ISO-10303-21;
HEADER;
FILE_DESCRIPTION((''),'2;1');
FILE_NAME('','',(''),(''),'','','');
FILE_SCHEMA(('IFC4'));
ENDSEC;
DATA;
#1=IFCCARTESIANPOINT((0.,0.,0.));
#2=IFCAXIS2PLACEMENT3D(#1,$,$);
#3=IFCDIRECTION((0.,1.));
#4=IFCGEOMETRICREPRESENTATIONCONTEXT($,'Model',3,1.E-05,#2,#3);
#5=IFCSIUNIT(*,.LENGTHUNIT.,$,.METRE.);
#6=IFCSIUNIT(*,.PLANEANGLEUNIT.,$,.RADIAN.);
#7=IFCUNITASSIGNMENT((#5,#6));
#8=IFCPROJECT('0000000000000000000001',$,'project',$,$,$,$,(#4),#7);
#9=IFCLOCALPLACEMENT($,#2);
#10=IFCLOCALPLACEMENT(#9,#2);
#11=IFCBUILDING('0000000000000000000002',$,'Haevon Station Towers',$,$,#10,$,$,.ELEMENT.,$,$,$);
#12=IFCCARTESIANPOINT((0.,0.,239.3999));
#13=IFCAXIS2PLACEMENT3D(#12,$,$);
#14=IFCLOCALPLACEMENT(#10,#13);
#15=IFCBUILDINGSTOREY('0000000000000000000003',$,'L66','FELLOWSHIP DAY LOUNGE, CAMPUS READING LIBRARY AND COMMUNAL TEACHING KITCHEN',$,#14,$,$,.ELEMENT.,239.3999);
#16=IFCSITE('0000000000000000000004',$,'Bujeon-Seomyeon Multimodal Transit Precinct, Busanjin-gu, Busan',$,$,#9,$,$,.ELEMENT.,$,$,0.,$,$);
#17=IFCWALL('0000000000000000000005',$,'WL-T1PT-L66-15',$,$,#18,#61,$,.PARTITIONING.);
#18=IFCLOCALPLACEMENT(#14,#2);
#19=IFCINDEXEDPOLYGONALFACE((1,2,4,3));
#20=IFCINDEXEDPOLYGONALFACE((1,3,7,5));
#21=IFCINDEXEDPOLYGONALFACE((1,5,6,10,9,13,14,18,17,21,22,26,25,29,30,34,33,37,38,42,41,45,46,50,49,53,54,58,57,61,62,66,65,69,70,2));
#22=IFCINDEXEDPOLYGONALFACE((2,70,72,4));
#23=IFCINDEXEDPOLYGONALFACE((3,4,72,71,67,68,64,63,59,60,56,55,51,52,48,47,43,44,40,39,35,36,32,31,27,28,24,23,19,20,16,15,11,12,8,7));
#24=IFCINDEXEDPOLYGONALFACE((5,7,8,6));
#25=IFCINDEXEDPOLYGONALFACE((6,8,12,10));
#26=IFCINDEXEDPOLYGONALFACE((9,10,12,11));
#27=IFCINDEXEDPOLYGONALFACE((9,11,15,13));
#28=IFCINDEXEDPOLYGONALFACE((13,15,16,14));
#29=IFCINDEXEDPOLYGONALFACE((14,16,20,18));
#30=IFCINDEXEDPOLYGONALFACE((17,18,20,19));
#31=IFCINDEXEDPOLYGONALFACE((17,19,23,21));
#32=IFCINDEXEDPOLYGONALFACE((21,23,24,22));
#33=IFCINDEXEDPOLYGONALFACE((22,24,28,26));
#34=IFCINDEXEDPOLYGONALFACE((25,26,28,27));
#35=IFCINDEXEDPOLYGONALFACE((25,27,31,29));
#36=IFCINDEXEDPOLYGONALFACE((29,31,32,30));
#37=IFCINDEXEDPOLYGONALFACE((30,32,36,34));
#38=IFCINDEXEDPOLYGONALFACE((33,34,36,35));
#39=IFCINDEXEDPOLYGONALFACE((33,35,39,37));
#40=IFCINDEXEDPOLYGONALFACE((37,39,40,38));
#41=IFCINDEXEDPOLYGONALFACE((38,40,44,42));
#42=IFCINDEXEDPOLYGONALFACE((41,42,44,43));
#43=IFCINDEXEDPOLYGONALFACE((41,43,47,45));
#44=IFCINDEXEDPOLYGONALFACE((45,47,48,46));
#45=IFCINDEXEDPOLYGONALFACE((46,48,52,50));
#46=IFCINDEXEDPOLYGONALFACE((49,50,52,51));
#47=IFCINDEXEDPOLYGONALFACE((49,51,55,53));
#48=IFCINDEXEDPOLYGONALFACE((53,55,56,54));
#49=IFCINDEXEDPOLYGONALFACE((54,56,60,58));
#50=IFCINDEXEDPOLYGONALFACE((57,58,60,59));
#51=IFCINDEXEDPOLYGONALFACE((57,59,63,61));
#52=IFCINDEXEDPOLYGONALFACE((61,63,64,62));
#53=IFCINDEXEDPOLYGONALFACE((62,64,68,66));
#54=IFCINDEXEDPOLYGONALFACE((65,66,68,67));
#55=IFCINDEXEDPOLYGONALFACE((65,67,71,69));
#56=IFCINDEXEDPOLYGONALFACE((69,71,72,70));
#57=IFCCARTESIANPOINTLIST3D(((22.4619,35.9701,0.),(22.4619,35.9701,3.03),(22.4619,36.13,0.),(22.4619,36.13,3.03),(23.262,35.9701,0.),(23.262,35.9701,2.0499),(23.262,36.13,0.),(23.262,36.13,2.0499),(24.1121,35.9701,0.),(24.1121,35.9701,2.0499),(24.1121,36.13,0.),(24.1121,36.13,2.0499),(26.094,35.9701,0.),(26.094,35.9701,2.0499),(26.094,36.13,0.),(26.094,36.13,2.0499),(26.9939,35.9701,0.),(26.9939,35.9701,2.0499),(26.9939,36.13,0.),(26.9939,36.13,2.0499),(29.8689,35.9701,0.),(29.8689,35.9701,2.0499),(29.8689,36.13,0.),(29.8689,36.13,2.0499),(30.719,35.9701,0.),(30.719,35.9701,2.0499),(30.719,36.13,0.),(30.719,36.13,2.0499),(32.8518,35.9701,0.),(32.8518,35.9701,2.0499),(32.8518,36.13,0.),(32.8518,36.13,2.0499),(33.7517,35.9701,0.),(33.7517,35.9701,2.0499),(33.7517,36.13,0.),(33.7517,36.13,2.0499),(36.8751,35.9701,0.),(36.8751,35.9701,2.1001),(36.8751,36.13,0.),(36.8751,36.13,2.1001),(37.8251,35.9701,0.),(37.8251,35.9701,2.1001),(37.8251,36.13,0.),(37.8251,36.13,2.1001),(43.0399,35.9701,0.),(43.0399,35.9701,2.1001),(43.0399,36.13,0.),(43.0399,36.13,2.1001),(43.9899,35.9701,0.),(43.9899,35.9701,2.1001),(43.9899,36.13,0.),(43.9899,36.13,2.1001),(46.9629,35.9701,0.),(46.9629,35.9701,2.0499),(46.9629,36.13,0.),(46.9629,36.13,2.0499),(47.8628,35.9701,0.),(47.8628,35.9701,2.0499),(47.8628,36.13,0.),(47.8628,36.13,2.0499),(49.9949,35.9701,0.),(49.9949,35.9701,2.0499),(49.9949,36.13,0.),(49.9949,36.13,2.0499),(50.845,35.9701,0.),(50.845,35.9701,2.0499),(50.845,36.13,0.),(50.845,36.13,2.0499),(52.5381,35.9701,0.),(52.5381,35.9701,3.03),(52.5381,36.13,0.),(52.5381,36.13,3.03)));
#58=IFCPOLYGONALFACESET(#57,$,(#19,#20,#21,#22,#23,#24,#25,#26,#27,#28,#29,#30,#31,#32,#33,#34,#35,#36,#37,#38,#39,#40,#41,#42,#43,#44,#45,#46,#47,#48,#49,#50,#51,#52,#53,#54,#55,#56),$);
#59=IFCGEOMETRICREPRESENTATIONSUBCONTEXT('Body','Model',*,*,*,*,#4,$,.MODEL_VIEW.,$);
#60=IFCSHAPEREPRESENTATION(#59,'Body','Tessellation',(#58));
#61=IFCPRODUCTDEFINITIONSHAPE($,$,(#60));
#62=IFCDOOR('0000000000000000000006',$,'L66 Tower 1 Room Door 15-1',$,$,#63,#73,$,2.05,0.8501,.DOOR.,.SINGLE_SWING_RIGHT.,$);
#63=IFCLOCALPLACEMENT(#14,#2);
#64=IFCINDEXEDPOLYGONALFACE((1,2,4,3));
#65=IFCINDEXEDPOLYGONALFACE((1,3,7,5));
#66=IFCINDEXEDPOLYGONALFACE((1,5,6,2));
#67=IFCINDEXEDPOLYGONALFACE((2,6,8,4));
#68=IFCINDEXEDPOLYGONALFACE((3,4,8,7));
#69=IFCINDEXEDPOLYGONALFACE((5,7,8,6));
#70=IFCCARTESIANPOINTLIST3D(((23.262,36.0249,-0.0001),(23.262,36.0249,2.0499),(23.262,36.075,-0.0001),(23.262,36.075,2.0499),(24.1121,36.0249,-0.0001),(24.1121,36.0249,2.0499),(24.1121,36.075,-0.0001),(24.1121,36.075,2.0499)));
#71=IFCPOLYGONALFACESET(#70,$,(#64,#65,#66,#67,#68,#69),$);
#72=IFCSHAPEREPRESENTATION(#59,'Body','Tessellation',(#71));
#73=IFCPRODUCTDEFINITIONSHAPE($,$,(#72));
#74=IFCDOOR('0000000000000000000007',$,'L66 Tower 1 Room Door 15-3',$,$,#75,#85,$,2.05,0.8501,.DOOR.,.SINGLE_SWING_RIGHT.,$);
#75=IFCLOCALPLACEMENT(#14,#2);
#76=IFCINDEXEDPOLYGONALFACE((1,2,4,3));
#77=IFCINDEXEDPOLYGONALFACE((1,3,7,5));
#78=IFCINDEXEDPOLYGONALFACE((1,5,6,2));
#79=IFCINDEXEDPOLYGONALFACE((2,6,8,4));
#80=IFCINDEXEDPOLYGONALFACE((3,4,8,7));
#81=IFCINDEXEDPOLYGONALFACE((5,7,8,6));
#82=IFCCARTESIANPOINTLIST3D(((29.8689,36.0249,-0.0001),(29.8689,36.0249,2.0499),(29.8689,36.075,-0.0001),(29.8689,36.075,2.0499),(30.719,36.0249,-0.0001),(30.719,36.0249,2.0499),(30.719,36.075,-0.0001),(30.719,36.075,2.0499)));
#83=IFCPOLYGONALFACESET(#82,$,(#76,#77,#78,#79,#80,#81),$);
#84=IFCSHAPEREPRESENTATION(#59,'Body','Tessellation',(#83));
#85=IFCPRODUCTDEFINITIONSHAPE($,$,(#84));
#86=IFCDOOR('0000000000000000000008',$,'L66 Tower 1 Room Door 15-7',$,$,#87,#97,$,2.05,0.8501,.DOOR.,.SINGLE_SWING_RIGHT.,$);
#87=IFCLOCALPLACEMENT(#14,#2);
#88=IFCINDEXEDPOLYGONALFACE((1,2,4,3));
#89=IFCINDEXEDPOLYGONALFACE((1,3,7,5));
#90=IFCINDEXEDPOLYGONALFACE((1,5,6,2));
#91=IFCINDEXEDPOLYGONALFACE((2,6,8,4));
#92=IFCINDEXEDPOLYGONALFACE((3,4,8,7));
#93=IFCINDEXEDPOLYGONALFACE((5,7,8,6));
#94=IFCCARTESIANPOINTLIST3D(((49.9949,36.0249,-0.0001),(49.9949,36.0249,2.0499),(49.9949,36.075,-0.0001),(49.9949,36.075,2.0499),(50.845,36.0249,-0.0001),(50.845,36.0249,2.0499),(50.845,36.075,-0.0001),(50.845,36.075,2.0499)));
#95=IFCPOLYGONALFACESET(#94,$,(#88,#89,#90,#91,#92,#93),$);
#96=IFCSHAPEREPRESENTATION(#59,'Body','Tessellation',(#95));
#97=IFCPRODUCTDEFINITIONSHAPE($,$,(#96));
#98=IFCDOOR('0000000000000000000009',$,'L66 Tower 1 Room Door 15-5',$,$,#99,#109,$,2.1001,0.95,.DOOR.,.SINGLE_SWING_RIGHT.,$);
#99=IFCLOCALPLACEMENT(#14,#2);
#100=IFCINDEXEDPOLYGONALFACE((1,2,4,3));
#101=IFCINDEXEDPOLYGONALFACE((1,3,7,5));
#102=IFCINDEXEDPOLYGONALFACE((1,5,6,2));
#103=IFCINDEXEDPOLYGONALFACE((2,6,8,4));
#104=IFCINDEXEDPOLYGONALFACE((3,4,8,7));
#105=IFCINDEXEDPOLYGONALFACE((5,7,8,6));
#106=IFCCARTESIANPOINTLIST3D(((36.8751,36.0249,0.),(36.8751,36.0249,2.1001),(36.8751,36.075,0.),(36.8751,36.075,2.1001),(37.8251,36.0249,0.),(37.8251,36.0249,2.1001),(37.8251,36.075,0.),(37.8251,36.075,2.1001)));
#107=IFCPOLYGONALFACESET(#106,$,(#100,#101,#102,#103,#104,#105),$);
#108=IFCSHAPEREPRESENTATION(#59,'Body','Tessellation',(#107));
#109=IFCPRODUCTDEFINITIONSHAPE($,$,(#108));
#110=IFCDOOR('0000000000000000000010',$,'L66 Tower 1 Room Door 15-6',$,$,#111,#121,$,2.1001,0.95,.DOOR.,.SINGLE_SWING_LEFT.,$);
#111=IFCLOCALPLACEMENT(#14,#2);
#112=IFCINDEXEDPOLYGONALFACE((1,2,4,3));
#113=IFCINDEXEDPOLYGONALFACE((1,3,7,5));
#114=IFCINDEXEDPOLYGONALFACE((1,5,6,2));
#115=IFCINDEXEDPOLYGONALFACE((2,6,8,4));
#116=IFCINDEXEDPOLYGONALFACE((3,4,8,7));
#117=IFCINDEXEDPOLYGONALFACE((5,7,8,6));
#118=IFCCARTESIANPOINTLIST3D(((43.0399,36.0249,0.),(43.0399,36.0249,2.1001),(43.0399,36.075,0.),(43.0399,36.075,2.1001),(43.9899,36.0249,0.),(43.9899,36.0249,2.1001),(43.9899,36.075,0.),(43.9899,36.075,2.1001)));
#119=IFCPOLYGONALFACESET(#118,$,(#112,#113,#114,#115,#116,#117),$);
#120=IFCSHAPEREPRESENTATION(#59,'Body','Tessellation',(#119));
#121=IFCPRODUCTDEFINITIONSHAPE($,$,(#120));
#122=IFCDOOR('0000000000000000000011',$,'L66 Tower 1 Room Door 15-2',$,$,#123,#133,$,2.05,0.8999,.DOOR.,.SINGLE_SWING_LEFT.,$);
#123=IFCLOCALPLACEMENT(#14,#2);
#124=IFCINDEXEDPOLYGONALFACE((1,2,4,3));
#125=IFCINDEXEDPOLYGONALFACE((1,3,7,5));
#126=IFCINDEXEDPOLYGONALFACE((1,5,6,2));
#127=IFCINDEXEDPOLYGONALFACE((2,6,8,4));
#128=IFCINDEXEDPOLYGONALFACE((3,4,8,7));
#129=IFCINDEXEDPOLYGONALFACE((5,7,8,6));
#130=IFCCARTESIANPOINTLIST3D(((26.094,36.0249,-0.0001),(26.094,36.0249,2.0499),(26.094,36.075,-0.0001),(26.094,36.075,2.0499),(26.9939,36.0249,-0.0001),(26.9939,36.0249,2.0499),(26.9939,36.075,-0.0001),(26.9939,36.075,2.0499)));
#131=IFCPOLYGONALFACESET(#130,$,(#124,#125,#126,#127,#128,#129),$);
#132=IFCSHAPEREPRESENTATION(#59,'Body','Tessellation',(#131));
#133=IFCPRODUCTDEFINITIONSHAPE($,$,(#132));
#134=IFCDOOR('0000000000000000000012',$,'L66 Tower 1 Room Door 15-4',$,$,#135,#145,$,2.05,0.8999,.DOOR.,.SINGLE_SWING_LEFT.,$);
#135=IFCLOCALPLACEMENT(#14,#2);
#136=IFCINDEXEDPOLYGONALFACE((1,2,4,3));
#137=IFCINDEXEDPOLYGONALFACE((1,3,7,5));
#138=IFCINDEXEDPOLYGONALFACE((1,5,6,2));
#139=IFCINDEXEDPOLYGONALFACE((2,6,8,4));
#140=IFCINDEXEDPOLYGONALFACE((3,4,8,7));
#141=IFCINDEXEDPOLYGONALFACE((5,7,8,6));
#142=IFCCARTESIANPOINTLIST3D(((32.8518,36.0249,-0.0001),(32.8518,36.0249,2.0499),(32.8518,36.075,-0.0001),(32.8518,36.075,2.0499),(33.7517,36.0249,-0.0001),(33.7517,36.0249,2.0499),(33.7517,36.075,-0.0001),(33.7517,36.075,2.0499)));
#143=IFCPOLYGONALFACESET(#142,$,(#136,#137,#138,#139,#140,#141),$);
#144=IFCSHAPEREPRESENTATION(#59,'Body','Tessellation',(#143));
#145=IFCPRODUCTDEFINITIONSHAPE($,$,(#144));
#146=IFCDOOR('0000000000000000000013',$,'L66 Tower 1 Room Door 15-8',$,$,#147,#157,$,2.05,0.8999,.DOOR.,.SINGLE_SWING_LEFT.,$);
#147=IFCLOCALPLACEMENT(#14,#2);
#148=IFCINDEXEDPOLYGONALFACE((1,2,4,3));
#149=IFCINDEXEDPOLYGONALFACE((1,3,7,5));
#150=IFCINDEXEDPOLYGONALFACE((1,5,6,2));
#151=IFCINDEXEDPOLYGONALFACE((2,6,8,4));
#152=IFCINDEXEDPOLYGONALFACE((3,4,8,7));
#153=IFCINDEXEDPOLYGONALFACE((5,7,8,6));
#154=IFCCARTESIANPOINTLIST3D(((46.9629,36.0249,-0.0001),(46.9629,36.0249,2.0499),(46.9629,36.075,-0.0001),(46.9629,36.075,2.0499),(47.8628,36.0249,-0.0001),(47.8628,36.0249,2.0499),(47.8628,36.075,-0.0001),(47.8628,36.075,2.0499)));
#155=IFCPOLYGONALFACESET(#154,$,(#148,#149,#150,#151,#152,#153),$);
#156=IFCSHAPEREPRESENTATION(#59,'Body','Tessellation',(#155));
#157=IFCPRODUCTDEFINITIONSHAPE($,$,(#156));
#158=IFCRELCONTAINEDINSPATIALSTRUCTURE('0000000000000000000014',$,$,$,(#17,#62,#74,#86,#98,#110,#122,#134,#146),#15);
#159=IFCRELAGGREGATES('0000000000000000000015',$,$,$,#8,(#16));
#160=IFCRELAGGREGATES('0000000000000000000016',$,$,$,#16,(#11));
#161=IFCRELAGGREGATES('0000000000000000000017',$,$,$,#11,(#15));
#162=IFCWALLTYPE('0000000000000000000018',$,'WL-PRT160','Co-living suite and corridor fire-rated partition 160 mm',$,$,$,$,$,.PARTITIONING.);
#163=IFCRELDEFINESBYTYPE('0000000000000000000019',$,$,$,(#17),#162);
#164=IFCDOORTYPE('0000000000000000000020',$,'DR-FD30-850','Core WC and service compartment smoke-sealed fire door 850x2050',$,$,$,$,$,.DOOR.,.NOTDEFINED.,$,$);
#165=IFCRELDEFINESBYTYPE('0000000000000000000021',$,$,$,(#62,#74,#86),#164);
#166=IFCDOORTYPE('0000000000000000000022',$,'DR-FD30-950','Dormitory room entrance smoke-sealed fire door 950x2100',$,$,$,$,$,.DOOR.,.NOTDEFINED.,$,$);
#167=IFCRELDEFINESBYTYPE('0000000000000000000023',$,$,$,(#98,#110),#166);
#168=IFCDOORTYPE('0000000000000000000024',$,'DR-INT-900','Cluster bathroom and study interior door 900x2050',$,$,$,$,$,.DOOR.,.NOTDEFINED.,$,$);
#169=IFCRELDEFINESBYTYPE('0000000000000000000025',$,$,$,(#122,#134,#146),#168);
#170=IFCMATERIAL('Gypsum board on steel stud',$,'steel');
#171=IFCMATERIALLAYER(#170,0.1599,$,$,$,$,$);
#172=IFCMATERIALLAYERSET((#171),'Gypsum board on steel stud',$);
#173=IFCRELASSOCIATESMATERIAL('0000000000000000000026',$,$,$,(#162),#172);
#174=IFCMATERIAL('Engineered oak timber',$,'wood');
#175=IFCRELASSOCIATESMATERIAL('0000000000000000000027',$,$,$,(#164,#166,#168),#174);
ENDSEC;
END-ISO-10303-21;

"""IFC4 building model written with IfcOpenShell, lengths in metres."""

from ifc_helpers import new_model, si_unit, direction, frame, frame_2d, origin, place, context, subcontext, project, spatial, rectangle, extrude, material, layer, layer_set, type_object, element, fill, save


model = new_model("IFC4")

# Units and contexts
model_context = context("Model", 3, precision=1e-05, world=origin(), true_north=direction((0.0, 1.0)))
body_context = subcontext(model_context, "Body", "Model", "MODEL_VIEW")
ifc_project = project(units=[si_unit("LENGTHUNIT", "METRE"), si_unit("PLANEANGLEUNIT", "RADIAN")], contexts=[model_context])

# Site, building, storey
site_placement = place(None, origin())
site = spatial("IfcSite", under=ifc_project, at=site_placement, Name="Bujeon-Seomyeon Multimodal Transit Precinct, Busanjin-gu, Busan", CompositionType="ELEMENT", RefElevation=0.0)
building_placement = place(site_placement, origin())
building = spatial("IfcBuilding", under=site, at=building_placement, Name="Haevon Station Towers", CompositionType="ELEMENT")
storey_placement = place(building_placement, frame((0.0, 0.0, 239.3999)))
storey = spatial("IfcBuildingStorey", under=building, at=storey_placement, Name="L66", Description="FELLOWSHIP DAY LOUNGE, CAMPUS READING LIBRARY AND COMMUNAL TEACHING KITCHEN", CompositionType="ELEMENT", Elevation=239.3999)

# Shared definitions
ifc_material_1 = material(Name="Gypsum board on steel stud", Category="steel")
ifc_material_2 = material(Name="Engineered oak timber", Category="wood")

# Shared definitions
ifc_layer_1 = layer(ifc_material_1, 0.1599)
ifc_layer_set_1 = layer_set([ifc_layer_1], Name="Gypsum board on steel stud")
wall_type_1 = type_object("IfcWallType", Name="WL-PRT160", Description="Co-living suite and corridor fire-rated partition 160 mm", PredefinedType="PARTITIONING", material=ifc_layer_set_1)

# Wall, openings, doors
wall_1_placement = place(storey_placement, frame((22.4619, 36.05, 0.0), z_axis=(0.0, 0.0, 1.0), x_axis=(1.0, 0.0, 0.0)))
wall_1 = element("IfcWall", 1, at=wall_1_placement, inside=storey, type_object=wall_type_1, Name="WL-T1PT-L66-15", PredefinedType="PARTITIONING", context=body_context, shape_type="SweptSolid", body=[
    extrude(rectangle(XDim=30.0762, YDim=0.1599, at=frame_2d((15.0381, 0.0))), origin(), (0.0, 0.0, 1.0), 3.03),
])
opening_1_placement = place(wall_1_placement, frame((0.8, 0.0, 0.0)))
opening_1 = element("IfcOpeningElement", 2, at=opening_1_placement, cuts=wall_1, PredefinedType="OPENING", context=body_context, shape_type="SweptSolid", body=[
    extrude(rectangle(XDim=0.8501, YDim=2.05, at=frame_2d((0.425, 1.0249))), frame((0.0, 0.0898, 0.0), z_axis=(0.0, -1.0, 0.0), x_axis=(1.0, 0.0, 0.0)), (0.0, 0.0, 1.0), 0.1799),
])
opening_2_placement = place(wall_1_placement, frame((3.6321, 0.0, 0.0)))
opening_2 = element("IfcOpeningElement", 3, at=opening_2_placement, cuts=wall_1, PredefinedType="OPENING", context=body_context, shape_type="SweptSolid", body=[
    extrude(rectangle(XDim=0.8999, YDim=2.05, at=frame_2d((0.45, 1.0249))), frame((0.0, 0.0898, 0.0), z_axis=(0.0, -1.0, 0.0), x_axis=(1.0, 0.0, 0.0)), (0.0, 0.0, 1.0), 0.1799),
])
opening_3_placement = place(wall_1_placement, frame((7.407, 0.0, 0.0)))
opening_3 = element("IfcOpeningElement", 4, at=opening_3_placement, cuts=wall_1, PredefinedType="OPENING", context=body_context, shape_type="SweptSolid", body=[
    extrude(rectangle(XDim=0.8501, YDim=2.05, at=frame_2d((0.425, 1.0249))), frame((0.0, 0.0898, 0.0), z_axis=(0.0, -1.0, 0.0), x_axis=(1.0, 0.0, 0.0)), (0.0, 0.0, 1.0), 0.1799),
])
opening_4_placement = place(wall_1_placement, frame((10.3899, 0.0, 0.0)))
opening_4 = element("IfcOpeningElement", 5, at=opening_4_placement, cuts=wall_1, PredefinedType="OPENING", context=body_context, shape_type="SweptSolid", body=[
    extrude(rectangle(XDim=0.8999, YDim=2.05, at=frame_2d((0.45, 1.0249))), frame((0.0, 0.0898, 0.0), z_axis=(0.0, -1.0, 0.0), x_axis=(1.0, 0.0, 0.0)), (0.0, 0.0, 1.0), 0.1799),
])
opening_5_placement = place(wall_1_placement, frame((14.4131, 0.0, 0.0)))
opening_5 = element("IfcOpeningElement", 6, at=opening_5_placement, cuts=wall_1, PredefinedType="OPENING", context=body_context, shape_type="SweptSolid", body=[
    extrude(rectangle(XDim=0.95, YDim=2.1001, at=frame_2d((0.4751, 1.05))), frame((0.0, 0.0898, 0.0), z_axis=(0.0, -1.0, 0.0), x_axis=(1.0, 0.0, 0.0)), (0.0, 0.0, 1.0), 0.1799),
])
opening_6_placement = place(wall_1_placement, frame((20.5779, 0.0, 0.0)))
opening_6 = element("IfcOpeningElement", 7, at=opening_6_placement, cuts=wall_1, PredefinedType="OPENING", context=body_context, shape_type="SweptSolid", body=[
    extrude(rectangle(XDim=0.95, YDim=2.1001, at=frame_2d((0.4751, 1.05))), frame((0.0, 0.0898, 0.0), z_axis=(0.0, -1.0, 0.0), x_axis=(1.0, 0.0, 0.0)), (0.0, 0.0, 1.0), 0.1799),
])
opening_7_placement = place(wall_1_placement, frame((27.533, 0.0, 0.0)))
opening_7 = element("IfcOpeningElement", 8, at=opening_7_placement, cuts=wall_1, PredefinedType="OPENING", context=body_context, shape_type="SweptSolid", body=[
    extrude(rectangle(XDim=0.8501, YDim=2.05, at=frame_2d((0.425, 1.0249))), frame((0.0, 0.0898, 0.0), z_axis=(0.0, -1.0, 0.0), x_axis=(1.0, 0.0, 0.0)), (0.0, 0.0, 1.0), 0.1799),
])
opening_8_placement = place(wall_1_placement, frame((24.501, 0.0, 0.0)))
opening_8 = element("IfcOpeningElement", 9, at=opening_8_placement, cuts=wall_1, PredefinedType="OPENING", context=body_context, shape_type="SweptSolid", body=[
    extrude(rectangle(XDim=0.8999, YDim=2.05, at=frame_2d((0.45, 1.0249))), frame((0.0, 0.0898, 0.0), z_axis=(0.0, -1.0, 0.0), x_axis=(1.0, 0.0, 0.0)), (0.0, 0.0, 1.0), 0.1799),
])
door_type_1 = type_object("IfcDoorType", Name="DR-FD30-850", Description="Core WC and service compartment smoke-sealed fire door 850x2050", OperationType="NOTDEFINED", PredefinedType="DOOR", material=ifc_material_2)
door_1_placement = place(opening_1_placement, origin())
door_1 = element("IfcDoor", 10, at=door_1_placement, inside=storey, type_object=door_type_1, Name="L66 Tower 1 Room Door 15-1", OperationType="SINGLE_SWING_RIGHT", OverallHeight=2.05, OverallWidth=0.8501, PredefinedType="DOOR", context=body_context, shape_type="SweptSolid", body=[
    extrude(rectangle(XDim=0.8501, YDim=2.05, at=frame_2d((0.425, 1.0249))), frame((0.0, 0.0249, 0.0), z_axis=(0.0, -1.0, 0.0), x_axis=(1.0, 0.0, 0.0)), (0.0, 0.0, 1.0), 0.05),
])
fill(opening_1, door_1)
door_2_placement = place(opening_3_placement, origin())
door_2 = element("IfcDoor", 11, at=door_2_placement, inside=storey, type_object=door_type_1, Name="L66 Tower 1 Room Door 15-3", OperationType="SINGLE_SWING_RIGHT", OverallHeight=2.05, OverallWidth=0.8501, PredefinedType="DOOR", context=body_context, shape_type="SweptSolid", body=[
    extrude(rectangle(XDim=0.8501, YDim=2.05, at=frame_2d((0.425, 1.0249))), frame((0.0, 0.0249, 0.0), z_axis=(0.0, -1.0, 0.0), x_axis=(1.0, 0.0, 0.0)), (0.0, 0.0, 1.0), 0.05),
])
fill(opening_3, door_2)
door_3_placement = place(opening_7_placement, origin())
door_3 = element("IfcDoor", 12, at=door_3_placement, inside=storey, type_object=door_type_1, Name="L66 Tower 1 Room Door 15-7", OperationType="SINGLE_SWING_RIGHT", OverallHeight=2.05, OverallWidth=0.8501, PredefinedType="DOOR", context=body_context, shape_type="SweptSolid", body=[
    extrude(rectangle(XDim=0.8501, YDim=2.05, at=frame_2d((0.425, 1.0249))), frame((0.0, 0.0249, 0.0), z_axis=(0.0, -1.0, 0.0), x_axis=(1.0, 0.0, 0.0)), (0.0, 0.0, 1.0), 0.05),
])
fill(opening_7, door_3)
door_type_2 = type_object("IfcDoorType", Name="DR-FD30-950", Description="Dormitory room entrance smoke-sealed fire door 950x2100", OperationType="NOTDEFINED", PredefinedType="DOOR", material=ifc_material_2)
door_4_placement = place(opening_5_placement, origin())
door_4 = element("IfcDoor", 13, at=door_4_placement, inside=storey, type_object=door_type_2, Name="L66 Tower 1 Room Door 15-5", OperationType="SINGLE_SWING_RIGHT", OverallHeight=2.1001, OverallWidth=0.95, PredefinedType="DOOR", context=body_context, shape_type="SweptSolid", body=[
    extrude(rectangle(XDim=0.95, YDim=2.1001, at=frame_2d((0.4751, 1.05))), frame((0.0, 0.0249, 0.0), z_axis=(0.0, -1.0, 0.0), x_axis=(1.0, 0.0, 0.0)), (0.0, 0.0, 1.0), 0.05),
])
fill(opening_5, door_4)
door_5_placement = place(opening_6_placement, origin())
door_5 = element("IfcDoor", 14, at=door_5_placement, inside=storey, type_object=door_type_2, Name="L66 Tower 1 Room Door 15-6", OperationType="SINGLE_SWING_LEFT", OverallHeight=2.1001, OverallWidth=0.95, PredefinedType="DOOR", context=body_context, shape_type="SweptSolid", body=[
    extrude(rectangle(XDim=0.95, YDim=2.1001, at=frame_2d((0.4751, 1.05))), frame((0.0, 0.0249, 0.0), z_axis=(0.0, -1.0, 0.0), x_axis=(1.0, 0.0, 0.0)), (0.0, 0.0, 1.0), 0.05),
])
fill(opening_6, door_5)
door_type_3 = type_object("IfcDoorType", Name="DR-INT-900", Description="Cluster bathroom and study interior door 900x2050", OperationType="NOTDEFINED", PredefinedType="DOOR", material=ifc_material_2)
door_6_placement = place(opening_2_placement, origin())
door_6 = element("IfcDoor", 15, at=door_6_placement, inside=storey, type_object=door_type_3, Name="L66 Tower 1 Room Door 15-2", OperationType="SINGLE_SWING_LEFT", OverallHeight=2.05, OverallWidth=0.8999, PredefinedType="DOOR", context=body_context, shape_type="SweptSolid", body=[
    extrude(rectangle(XDim=0.8999, YDim=2.05, at=frame_2d((0.45, 1.0249))), frame((0.0, 0.0249, 0.0), z_axis=(0.0, -1.0, 0.0), x_axis=(1.0, 0.0, 0.0)), (0.0, 0.0, 1.0), 0.05),
])
fill(opening_2, door_6)
door_7_placement = place(opening_4_placement, origin())
door_7 = element("IfcDoor", 16, at=door_7_placement, inside=storey, type_object=door_type_3, Name="L66 Tower 1 Room Door 15-4", OperationType="SINGLE_SWING_LEFT", OverallHeight=2.05, OverallWidth=0.8999, PredefinedType="DOOR", context=body_context, shape_type="SweptSolid", body=[
    extrude(rectangle(XDim=0.8999, YDim=2.05, at=frame_2d((0.45, 1.0249))), frame((0.0, 0.0249, 0.0), z_axis=(0.0, -1.0, 0.0), x_axis=(1.0, 0.0, 0.0)), (0.0, 0.0, 1.0), 0.05),
])
fill(opening_4, door_7)
door_8_placement = place(opening_8_placement, origin())
door_8 = element("IfcDoor", 17, at=door_8_placement, inside=storey, type_object=door_type_3, Name="L66 Tower 1 Room Door 15-8", OperationType="SINGLE_SWING_LEFT", OverallHeight=2.05, OverallWidth=0.8999, PredefinedType="DOOR", context=body_context, shape_type="SweptSolid", body=[
    extrude(rectangle(XDim=0.8999, YDim=2.05, at=frame_2d((0.45, 1.0249))), frame((0.0, 0.0249, 0.0), z_axis=(0.0, -1.0, 0.0), x_axis=(1.0, 0.0, 0.0)), (0.0, 0.0, 1.0), 0.05),
])
fill(opening_8, door_8)

save(model, "model.ifc")
